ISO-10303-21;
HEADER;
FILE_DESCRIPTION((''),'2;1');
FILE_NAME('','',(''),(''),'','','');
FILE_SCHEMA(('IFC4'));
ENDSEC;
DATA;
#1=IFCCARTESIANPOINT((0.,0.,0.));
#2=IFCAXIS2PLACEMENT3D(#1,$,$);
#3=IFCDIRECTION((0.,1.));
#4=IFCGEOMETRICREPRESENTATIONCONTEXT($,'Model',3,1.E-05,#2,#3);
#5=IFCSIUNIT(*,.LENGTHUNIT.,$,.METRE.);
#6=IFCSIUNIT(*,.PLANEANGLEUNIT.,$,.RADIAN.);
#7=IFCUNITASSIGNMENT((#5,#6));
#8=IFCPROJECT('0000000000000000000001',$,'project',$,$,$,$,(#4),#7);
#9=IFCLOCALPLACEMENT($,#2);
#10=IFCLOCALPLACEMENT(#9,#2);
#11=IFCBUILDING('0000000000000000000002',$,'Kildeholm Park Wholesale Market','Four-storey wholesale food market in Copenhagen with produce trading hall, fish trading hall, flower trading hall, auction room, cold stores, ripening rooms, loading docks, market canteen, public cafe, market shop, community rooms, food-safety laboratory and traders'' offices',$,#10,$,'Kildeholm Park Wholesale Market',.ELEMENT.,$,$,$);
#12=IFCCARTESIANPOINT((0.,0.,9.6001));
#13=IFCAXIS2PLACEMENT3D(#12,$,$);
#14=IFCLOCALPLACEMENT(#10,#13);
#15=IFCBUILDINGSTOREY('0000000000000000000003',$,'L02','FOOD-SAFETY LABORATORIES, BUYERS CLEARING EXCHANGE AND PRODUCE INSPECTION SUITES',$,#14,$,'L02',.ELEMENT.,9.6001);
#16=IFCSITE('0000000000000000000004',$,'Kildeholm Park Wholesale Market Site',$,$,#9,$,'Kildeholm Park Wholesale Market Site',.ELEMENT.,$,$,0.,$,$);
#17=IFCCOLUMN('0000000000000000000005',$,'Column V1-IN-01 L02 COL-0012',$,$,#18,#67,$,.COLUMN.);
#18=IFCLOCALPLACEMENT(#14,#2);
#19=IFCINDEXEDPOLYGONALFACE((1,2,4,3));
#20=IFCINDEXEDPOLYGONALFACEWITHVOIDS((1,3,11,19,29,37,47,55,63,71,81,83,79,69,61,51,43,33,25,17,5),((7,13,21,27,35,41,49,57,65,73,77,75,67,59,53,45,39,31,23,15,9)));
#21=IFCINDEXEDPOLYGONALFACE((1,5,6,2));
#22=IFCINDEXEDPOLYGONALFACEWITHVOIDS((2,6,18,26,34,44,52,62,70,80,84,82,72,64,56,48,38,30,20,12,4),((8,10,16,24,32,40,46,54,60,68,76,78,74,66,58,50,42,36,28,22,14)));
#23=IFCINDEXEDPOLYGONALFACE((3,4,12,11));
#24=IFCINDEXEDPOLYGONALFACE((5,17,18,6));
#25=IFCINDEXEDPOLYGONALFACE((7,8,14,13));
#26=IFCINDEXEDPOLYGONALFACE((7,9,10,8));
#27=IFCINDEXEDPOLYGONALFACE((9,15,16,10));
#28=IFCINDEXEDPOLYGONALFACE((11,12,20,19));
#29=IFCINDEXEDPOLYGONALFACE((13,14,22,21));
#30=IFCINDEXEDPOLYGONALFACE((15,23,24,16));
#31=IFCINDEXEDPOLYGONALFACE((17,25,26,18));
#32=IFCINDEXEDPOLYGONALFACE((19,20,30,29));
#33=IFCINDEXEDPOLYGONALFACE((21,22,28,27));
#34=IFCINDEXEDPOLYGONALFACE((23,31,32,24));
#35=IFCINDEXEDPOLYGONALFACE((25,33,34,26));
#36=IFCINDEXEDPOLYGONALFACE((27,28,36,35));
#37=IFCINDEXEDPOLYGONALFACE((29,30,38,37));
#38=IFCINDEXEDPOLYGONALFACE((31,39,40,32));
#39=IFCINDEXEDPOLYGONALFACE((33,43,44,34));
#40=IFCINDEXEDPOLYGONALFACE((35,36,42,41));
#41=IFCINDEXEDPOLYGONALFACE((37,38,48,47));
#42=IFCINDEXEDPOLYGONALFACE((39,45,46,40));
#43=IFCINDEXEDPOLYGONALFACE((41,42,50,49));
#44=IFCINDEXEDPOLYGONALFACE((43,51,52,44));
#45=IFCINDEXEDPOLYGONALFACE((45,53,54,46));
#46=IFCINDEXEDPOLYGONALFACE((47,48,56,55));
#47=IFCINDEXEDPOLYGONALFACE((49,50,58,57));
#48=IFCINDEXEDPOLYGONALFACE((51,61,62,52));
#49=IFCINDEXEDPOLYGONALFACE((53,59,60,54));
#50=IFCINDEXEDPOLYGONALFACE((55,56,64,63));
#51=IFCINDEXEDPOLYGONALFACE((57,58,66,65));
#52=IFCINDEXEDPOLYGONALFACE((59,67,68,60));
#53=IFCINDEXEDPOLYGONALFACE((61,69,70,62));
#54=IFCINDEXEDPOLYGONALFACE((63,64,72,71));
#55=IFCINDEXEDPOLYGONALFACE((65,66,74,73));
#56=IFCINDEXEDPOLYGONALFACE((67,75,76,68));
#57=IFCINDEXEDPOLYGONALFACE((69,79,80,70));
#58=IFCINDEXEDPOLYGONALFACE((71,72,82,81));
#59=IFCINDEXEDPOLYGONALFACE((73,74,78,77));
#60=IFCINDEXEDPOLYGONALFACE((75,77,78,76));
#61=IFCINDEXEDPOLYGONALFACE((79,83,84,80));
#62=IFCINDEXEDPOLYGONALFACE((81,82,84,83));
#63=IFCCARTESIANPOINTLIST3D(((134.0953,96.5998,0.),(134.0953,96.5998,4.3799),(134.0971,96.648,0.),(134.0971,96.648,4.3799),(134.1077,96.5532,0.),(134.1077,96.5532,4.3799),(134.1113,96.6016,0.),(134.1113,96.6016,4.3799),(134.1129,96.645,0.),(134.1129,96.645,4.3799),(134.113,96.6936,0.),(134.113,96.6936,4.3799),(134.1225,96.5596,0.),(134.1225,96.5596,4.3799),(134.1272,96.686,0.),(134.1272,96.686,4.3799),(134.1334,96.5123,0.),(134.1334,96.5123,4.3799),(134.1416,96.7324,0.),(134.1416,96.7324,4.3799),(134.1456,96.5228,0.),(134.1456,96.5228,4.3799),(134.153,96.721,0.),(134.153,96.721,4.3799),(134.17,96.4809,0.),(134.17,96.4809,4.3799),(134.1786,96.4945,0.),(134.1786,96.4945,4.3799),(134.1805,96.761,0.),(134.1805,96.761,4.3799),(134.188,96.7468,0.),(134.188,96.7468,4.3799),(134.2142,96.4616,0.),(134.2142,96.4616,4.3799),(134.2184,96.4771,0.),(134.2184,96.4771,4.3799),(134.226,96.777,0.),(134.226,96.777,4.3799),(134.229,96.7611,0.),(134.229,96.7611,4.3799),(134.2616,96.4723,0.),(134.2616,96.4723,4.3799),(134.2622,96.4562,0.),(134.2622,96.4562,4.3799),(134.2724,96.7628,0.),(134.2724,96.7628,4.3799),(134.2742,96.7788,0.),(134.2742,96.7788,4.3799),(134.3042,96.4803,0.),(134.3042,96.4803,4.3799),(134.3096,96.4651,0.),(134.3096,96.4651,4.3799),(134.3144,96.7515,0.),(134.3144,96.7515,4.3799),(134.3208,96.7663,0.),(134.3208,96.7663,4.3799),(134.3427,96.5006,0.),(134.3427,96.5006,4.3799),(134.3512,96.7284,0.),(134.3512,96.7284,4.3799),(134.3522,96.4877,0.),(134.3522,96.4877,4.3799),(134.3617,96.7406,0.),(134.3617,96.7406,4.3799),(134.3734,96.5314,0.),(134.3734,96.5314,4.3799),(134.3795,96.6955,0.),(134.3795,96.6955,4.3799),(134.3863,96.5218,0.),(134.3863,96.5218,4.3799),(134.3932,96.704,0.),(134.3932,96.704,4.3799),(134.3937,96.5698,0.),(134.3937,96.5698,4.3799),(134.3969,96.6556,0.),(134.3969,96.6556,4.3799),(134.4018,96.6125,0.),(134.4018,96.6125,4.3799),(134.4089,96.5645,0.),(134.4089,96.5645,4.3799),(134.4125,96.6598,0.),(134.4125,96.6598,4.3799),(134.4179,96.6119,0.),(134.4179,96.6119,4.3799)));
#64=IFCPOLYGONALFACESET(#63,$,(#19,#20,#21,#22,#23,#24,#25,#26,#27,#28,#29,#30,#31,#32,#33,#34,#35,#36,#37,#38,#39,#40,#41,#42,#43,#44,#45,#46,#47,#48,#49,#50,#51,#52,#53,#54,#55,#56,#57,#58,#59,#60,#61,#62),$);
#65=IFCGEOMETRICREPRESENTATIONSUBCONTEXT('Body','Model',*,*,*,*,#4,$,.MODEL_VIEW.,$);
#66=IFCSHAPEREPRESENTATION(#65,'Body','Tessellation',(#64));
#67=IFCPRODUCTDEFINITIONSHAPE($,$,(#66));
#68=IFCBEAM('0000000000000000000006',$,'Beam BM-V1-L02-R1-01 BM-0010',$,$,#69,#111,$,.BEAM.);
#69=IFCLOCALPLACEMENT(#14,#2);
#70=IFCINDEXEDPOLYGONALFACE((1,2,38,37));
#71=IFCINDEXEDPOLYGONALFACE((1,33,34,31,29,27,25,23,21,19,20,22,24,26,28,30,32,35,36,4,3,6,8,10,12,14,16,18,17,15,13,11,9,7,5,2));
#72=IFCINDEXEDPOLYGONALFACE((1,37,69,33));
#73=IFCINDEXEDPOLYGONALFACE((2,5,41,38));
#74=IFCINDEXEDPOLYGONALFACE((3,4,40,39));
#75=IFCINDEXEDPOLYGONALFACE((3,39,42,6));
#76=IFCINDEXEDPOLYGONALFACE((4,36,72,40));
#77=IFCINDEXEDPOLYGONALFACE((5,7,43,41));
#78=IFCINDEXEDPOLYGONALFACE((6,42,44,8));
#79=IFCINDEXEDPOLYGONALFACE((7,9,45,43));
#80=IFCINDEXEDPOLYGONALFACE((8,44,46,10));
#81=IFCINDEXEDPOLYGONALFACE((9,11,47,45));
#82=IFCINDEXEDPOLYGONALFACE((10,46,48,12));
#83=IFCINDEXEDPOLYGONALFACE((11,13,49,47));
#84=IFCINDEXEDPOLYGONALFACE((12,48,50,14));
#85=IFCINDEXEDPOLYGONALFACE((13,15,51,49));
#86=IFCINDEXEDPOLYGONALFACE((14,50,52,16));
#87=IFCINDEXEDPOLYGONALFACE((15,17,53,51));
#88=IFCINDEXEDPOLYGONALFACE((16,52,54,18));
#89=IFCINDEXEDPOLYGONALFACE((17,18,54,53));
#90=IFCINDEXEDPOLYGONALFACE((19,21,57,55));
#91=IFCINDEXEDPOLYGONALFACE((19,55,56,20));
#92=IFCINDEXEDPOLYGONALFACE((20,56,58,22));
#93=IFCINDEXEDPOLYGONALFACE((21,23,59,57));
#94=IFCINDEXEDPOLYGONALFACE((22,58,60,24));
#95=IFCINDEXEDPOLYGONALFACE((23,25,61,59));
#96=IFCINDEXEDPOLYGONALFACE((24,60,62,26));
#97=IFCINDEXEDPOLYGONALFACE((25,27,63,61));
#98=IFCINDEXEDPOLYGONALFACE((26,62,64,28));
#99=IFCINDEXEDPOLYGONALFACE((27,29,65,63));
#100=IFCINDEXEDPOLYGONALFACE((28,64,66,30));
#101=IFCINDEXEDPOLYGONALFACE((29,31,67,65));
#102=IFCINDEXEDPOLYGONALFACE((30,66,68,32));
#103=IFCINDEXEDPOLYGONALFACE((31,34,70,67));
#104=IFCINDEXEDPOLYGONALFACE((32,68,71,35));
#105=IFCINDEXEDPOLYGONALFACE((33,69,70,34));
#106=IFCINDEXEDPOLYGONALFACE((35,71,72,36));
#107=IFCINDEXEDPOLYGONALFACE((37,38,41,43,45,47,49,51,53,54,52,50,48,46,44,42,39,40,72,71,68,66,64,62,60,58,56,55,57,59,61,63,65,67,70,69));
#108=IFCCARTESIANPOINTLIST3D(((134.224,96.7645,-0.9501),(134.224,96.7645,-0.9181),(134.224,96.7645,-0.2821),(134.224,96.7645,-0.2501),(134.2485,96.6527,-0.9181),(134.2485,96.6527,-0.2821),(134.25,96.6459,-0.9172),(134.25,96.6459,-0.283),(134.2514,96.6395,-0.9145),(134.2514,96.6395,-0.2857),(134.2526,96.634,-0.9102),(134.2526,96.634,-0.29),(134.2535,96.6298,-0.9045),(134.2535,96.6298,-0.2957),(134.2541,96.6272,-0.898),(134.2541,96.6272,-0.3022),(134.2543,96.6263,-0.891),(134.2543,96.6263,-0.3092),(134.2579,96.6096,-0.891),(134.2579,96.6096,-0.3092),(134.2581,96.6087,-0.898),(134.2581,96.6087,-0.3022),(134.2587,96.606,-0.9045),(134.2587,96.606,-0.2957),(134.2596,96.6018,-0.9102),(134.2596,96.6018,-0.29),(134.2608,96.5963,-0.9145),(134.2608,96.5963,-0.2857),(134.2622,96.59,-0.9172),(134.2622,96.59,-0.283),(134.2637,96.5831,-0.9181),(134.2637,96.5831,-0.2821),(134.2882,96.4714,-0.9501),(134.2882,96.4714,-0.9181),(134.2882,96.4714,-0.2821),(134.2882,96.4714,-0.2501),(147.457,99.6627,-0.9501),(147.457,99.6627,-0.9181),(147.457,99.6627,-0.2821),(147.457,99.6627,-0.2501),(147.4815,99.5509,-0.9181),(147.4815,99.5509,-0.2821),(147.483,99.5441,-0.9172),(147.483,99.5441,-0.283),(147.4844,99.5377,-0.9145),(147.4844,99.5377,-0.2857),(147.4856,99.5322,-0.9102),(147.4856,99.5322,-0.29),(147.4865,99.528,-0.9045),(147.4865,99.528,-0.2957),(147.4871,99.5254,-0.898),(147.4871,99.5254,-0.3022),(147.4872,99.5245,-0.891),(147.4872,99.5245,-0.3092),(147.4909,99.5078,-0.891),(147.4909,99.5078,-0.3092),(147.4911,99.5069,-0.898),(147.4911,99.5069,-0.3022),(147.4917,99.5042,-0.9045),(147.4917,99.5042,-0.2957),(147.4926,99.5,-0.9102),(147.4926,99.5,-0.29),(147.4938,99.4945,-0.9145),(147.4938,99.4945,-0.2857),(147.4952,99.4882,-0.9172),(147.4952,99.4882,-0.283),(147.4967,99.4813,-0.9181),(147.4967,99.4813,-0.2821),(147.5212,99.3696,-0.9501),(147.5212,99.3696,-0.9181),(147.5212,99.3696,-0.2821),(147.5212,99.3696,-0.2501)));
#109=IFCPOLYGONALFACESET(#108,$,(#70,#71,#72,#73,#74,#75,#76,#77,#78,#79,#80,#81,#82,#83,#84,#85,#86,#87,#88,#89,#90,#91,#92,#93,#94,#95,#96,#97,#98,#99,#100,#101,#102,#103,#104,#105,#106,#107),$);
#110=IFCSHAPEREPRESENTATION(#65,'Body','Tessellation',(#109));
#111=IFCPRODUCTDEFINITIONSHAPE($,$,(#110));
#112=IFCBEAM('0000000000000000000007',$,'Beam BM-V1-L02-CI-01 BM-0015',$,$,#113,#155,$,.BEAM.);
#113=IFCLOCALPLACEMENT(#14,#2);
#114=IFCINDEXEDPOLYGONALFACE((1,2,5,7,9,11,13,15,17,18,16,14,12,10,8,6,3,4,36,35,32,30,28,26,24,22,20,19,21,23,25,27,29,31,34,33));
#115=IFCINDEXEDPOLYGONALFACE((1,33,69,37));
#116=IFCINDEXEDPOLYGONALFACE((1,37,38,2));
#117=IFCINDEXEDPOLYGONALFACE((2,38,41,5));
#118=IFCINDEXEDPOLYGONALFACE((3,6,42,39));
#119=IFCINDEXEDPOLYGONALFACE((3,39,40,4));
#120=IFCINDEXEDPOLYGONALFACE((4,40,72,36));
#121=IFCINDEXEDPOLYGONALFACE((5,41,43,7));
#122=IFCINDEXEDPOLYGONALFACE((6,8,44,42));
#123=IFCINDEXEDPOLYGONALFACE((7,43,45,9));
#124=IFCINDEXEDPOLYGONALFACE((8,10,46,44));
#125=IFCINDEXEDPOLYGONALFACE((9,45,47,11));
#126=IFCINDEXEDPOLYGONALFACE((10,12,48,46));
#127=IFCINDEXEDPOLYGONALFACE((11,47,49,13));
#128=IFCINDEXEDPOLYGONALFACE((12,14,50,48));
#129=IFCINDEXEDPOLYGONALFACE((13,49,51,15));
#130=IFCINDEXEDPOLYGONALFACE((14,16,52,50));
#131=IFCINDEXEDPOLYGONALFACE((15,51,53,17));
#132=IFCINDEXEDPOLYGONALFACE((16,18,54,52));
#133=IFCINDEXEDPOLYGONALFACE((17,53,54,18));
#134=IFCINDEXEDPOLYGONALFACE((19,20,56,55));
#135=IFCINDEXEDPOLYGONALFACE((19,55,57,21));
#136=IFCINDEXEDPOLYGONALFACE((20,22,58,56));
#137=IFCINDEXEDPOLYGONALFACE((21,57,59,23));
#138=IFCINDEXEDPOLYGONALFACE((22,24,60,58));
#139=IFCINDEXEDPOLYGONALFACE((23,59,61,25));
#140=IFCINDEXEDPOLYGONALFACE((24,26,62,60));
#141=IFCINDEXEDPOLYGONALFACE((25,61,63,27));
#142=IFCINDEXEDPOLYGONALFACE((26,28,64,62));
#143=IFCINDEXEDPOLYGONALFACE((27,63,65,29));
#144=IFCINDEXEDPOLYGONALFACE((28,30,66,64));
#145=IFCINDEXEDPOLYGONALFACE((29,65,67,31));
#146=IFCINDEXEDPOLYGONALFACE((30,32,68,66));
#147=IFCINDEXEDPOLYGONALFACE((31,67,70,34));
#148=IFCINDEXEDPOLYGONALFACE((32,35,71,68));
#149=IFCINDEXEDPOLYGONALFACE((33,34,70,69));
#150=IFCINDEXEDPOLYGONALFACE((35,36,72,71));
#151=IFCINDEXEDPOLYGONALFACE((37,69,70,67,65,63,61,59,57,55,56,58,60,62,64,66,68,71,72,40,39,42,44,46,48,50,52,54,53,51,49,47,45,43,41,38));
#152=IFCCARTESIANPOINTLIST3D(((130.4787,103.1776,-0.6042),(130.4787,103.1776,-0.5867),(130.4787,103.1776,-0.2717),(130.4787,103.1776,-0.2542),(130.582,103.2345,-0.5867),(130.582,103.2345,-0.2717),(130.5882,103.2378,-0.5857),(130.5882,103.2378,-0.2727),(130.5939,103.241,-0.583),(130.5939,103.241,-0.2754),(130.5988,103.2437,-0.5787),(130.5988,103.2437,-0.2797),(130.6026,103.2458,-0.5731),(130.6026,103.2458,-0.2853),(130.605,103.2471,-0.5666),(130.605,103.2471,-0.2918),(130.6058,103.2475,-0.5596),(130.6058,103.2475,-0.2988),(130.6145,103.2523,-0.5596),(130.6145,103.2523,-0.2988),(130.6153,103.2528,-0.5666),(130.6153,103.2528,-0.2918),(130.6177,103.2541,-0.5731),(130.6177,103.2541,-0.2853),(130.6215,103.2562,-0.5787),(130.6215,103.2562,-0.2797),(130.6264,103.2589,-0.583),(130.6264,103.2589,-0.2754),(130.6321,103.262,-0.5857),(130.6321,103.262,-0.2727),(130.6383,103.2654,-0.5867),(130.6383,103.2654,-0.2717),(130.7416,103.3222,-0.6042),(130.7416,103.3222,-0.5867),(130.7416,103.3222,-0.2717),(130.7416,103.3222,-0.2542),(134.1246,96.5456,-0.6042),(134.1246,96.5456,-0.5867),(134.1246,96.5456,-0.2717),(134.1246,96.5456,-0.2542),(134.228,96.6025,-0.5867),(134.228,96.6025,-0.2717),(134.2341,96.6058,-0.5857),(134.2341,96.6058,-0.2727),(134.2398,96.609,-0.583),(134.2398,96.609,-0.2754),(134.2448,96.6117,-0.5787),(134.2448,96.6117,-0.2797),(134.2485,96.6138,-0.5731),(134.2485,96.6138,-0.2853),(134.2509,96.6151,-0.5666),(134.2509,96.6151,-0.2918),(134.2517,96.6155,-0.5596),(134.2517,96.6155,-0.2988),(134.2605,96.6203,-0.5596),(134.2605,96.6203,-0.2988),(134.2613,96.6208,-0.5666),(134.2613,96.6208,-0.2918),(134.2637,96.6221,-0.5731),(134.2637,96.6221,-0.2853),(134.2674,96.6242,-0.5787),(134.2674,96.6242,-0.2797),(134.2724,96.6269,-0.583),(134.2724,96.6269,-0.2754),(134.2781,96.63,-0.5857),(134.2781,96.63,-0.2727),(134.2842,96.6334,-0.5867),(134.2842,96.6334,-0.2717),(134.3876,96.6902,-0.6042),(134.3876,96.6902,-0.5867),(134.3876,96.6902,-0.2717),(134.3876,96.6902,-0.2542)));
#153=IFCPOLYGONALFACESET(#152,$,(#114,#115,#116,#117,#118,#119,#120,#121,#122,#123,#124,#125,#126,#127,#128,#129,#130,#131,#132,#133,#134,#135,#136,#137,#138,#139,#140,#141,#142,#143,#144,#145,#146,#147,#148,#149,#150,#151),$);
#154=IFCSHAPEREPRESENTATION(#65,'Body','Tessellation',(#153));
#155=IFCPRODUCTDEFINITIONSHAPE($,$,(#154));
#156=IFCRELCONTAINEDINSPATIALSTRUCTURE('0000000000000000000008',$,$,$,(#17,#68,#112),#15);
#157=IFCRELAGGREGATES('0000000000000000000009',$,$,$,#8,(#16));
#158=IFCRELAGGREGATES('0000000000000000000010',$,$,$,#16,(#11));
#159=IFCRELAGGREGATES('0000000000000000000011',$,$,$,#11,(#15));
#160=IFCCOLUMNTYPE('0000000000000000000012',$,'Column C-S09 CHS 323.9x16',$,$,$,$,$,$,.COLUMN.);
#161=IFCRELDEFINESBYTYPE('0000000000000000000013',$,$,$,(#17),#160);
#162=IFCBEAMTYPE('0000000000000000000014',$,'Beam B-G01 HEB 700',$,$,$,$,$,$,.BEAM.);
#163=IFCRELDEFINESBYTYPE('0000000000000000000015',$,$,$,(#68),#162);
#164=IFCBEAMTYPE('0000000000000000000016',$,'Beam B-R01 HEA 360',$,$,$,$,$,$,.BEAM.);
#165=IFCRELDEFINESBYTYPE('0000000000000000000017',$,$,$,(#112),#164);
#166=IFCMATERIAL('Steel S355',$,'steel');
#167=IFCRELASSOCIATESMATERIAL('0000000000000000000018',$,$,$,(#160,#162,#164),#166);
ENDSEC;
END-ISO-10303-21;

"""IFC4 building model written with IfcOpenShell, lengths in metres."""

from ifc_helpers import new_model, si_unit, direction, frame, origin, origin_2d, place, context, subcontext, project, spatial, hollow_circle, i_section, extrude, material, material_profile, profile_set, type_object, element, save


model = new_model("IFC4")

# Units and contexts
model_context = context("Model", 3, precision=1e-05, world=origin(), true_north=direction((0.0, 1.0)))
body_context = subcontext(model_context, "Body", "Model", "MODEL_VIEW")
ifc_project = project(units=[si_unit("LENGTHUNIT", "METRE"), si_unit("PLANEANGLEUNIT", "RADIAN")], contexts=[model_context])

# Site, building, storey
site_placement = place(None, origin())
site = spatial("IfcSite", under=ifc_project, at=site_placement, Name="Kildeholm Park Wholesale Market Site", LongName="Kildeholm Park Wholesale Market Site", CompositionType="ELEMENT", RefElevation=0.0)
building_placement = place(site_placement, origin())
building = spatial("IfcBuilding", under=site, at=building_placement, Name="Kildeholm Park Wholesale Market", Description="Four-storey wholesale food market in Copenhagen with produce trading hall, fish trading hall, flower trading hall, auction room, cold stores, ripening rooms, loading docks, market canteen, public cafe, market shop, community rooms, food-safety laboratory and traders' offices", LongName="Kildeholm Park Wholesale Market", CompositionType="ELEMENT")
storey_placement = place(building_placement, frame((0.0, 0.0, 9.6001)))
storey = spatial("IfcBuildingStorey", under=building, at=storey_placement, Name="L02", Description="FOOD-SAFETY LABORATORIES, BUYERS CLEARING EXCHANGE AND PRODUCE INSPECTION SUITES", LongName="L02", CompositionType="ELEMENT", Elevation=9.6001)

# Column
ifc_material_1 = material(Name="Steel S355", Category="steel")
ifc_material_profile_1 = material_profile(ifc_material_1, hollow_circle(Radius=0.1619, WallThickness=0.0161, at=origin_2d()), Name="CHS 323.9x16")
ifc_profile_set_1 = profile_set([ifc_material_profile_1], Name="Steel S355")
column_type = type_object("IfcColumnType", Name="Column C-S09 CHS 323.9x16", PredefinedType="COLUMN", material=ifc_profile_set_1)
column_placement = place(storey_placement, frame((134.2561, 96.6179, 0.0), z_axis=(0.0, 0.0, 1.0), x_axis=(0.965926, 0.258819, 0.0)))
element("IfcColumn", 1, at=column_placement, inside=storey, type_object=column_type, Name="Column V1-IN-01 L02 COL-0012", PredefinedType="COLUMN", context=body_context, shape_type="SweptSolid", body=[
    extrude(hollow_circle(Radius=0.1619, WallThickness=0.0161, at=origin_2d()), origin(), (0.0, 0.0, 1.0), 4.3799),
])

# Beams
ifc_material_profile_2 = material_profile(ifc_material_1, i_section(OverallWidth=0.3, OverallDepth=0.7, WebThickness=0.0171, FlangeThickness=0.032, FilletRadius=0.0271, at=origin_2d()), Name="HEB 700")
ifc_profile_set_2 = profile_set([ifc_material_profile_2], Name="Steel S355")
beam_type_1 = type_object("IfcBeamType", Name="Beam B-G01 HEB 700", PredefinedType="BEAM", material=ifc_profile_set_2)
beam_1_placement = place(storey_placement, frame((134.2561, 96.6179, -0.6001), z_axis=(0.976846, 0.213943, 0.0), x_axis=(-0.213943, 0.976846, 0.0)))
element("IfcBeam", 2, at=beam_1_placement, inside=storey, type_object=beam_type_1, Name="Beam BM-V1-L02-R1-01 BM-0010", PredefinedType="BEAM", context=body_context, shape_type="SweptSolid", body=[
    extrude(i_section(OverallWidth=0.3, OverallDepth=0.7, WebThickness=0.0171, FlangeThickness=0.032, FilletRadius=0.0271, at=origin_2d()), origin(), (0.0, 0.0, 1.0), 13.5466),
])
ifc_material_profile_3 = material_profile(ifc_material_1, i_section(OverallWidth=0.3, OverallDepth=0.3501, WebThickness=0.01, FlangeThickness=0.0176, FilletRadius=0.0271, at=origin_2d()), Name="HEA 360")
ifc_profile_set_3 = profile_set([ifc_material_profile_3], Name="Steel S355")
beam_type_2 = type_object("IfcBeamType", Name="Beam B-R01 HEA 360", PredefinedType="BEAM", material=ifc_profile_set_3)
beam_2_placement = place(storey_placement, frame((134.2561, 96.6179, -0.4292), z_axis=(-0.481752, 0.876308, 0.0), x_axis=(-0.876308, -0.481752, 0.0)))
element("IfcBeam", 3, at=beam_2_placement, inside=storey, type_object=beam_type_2, Name="Beam BM-V1-L02-CI-01 BM-0015", PredefinedType="BEAM", context=body_context, shape_type="SweptSolid", body=[
    extrude(i_section(OverallWidth=0.3, OverallDepth=0.3501, WebThickness=0.01, FlangeThickness=0.0176, FilletRadius=0.0271, at=origin_2d()), origin(), (0.0, 0.0, 1.0), 7.5681),
])

save(model, "model.ifc")
